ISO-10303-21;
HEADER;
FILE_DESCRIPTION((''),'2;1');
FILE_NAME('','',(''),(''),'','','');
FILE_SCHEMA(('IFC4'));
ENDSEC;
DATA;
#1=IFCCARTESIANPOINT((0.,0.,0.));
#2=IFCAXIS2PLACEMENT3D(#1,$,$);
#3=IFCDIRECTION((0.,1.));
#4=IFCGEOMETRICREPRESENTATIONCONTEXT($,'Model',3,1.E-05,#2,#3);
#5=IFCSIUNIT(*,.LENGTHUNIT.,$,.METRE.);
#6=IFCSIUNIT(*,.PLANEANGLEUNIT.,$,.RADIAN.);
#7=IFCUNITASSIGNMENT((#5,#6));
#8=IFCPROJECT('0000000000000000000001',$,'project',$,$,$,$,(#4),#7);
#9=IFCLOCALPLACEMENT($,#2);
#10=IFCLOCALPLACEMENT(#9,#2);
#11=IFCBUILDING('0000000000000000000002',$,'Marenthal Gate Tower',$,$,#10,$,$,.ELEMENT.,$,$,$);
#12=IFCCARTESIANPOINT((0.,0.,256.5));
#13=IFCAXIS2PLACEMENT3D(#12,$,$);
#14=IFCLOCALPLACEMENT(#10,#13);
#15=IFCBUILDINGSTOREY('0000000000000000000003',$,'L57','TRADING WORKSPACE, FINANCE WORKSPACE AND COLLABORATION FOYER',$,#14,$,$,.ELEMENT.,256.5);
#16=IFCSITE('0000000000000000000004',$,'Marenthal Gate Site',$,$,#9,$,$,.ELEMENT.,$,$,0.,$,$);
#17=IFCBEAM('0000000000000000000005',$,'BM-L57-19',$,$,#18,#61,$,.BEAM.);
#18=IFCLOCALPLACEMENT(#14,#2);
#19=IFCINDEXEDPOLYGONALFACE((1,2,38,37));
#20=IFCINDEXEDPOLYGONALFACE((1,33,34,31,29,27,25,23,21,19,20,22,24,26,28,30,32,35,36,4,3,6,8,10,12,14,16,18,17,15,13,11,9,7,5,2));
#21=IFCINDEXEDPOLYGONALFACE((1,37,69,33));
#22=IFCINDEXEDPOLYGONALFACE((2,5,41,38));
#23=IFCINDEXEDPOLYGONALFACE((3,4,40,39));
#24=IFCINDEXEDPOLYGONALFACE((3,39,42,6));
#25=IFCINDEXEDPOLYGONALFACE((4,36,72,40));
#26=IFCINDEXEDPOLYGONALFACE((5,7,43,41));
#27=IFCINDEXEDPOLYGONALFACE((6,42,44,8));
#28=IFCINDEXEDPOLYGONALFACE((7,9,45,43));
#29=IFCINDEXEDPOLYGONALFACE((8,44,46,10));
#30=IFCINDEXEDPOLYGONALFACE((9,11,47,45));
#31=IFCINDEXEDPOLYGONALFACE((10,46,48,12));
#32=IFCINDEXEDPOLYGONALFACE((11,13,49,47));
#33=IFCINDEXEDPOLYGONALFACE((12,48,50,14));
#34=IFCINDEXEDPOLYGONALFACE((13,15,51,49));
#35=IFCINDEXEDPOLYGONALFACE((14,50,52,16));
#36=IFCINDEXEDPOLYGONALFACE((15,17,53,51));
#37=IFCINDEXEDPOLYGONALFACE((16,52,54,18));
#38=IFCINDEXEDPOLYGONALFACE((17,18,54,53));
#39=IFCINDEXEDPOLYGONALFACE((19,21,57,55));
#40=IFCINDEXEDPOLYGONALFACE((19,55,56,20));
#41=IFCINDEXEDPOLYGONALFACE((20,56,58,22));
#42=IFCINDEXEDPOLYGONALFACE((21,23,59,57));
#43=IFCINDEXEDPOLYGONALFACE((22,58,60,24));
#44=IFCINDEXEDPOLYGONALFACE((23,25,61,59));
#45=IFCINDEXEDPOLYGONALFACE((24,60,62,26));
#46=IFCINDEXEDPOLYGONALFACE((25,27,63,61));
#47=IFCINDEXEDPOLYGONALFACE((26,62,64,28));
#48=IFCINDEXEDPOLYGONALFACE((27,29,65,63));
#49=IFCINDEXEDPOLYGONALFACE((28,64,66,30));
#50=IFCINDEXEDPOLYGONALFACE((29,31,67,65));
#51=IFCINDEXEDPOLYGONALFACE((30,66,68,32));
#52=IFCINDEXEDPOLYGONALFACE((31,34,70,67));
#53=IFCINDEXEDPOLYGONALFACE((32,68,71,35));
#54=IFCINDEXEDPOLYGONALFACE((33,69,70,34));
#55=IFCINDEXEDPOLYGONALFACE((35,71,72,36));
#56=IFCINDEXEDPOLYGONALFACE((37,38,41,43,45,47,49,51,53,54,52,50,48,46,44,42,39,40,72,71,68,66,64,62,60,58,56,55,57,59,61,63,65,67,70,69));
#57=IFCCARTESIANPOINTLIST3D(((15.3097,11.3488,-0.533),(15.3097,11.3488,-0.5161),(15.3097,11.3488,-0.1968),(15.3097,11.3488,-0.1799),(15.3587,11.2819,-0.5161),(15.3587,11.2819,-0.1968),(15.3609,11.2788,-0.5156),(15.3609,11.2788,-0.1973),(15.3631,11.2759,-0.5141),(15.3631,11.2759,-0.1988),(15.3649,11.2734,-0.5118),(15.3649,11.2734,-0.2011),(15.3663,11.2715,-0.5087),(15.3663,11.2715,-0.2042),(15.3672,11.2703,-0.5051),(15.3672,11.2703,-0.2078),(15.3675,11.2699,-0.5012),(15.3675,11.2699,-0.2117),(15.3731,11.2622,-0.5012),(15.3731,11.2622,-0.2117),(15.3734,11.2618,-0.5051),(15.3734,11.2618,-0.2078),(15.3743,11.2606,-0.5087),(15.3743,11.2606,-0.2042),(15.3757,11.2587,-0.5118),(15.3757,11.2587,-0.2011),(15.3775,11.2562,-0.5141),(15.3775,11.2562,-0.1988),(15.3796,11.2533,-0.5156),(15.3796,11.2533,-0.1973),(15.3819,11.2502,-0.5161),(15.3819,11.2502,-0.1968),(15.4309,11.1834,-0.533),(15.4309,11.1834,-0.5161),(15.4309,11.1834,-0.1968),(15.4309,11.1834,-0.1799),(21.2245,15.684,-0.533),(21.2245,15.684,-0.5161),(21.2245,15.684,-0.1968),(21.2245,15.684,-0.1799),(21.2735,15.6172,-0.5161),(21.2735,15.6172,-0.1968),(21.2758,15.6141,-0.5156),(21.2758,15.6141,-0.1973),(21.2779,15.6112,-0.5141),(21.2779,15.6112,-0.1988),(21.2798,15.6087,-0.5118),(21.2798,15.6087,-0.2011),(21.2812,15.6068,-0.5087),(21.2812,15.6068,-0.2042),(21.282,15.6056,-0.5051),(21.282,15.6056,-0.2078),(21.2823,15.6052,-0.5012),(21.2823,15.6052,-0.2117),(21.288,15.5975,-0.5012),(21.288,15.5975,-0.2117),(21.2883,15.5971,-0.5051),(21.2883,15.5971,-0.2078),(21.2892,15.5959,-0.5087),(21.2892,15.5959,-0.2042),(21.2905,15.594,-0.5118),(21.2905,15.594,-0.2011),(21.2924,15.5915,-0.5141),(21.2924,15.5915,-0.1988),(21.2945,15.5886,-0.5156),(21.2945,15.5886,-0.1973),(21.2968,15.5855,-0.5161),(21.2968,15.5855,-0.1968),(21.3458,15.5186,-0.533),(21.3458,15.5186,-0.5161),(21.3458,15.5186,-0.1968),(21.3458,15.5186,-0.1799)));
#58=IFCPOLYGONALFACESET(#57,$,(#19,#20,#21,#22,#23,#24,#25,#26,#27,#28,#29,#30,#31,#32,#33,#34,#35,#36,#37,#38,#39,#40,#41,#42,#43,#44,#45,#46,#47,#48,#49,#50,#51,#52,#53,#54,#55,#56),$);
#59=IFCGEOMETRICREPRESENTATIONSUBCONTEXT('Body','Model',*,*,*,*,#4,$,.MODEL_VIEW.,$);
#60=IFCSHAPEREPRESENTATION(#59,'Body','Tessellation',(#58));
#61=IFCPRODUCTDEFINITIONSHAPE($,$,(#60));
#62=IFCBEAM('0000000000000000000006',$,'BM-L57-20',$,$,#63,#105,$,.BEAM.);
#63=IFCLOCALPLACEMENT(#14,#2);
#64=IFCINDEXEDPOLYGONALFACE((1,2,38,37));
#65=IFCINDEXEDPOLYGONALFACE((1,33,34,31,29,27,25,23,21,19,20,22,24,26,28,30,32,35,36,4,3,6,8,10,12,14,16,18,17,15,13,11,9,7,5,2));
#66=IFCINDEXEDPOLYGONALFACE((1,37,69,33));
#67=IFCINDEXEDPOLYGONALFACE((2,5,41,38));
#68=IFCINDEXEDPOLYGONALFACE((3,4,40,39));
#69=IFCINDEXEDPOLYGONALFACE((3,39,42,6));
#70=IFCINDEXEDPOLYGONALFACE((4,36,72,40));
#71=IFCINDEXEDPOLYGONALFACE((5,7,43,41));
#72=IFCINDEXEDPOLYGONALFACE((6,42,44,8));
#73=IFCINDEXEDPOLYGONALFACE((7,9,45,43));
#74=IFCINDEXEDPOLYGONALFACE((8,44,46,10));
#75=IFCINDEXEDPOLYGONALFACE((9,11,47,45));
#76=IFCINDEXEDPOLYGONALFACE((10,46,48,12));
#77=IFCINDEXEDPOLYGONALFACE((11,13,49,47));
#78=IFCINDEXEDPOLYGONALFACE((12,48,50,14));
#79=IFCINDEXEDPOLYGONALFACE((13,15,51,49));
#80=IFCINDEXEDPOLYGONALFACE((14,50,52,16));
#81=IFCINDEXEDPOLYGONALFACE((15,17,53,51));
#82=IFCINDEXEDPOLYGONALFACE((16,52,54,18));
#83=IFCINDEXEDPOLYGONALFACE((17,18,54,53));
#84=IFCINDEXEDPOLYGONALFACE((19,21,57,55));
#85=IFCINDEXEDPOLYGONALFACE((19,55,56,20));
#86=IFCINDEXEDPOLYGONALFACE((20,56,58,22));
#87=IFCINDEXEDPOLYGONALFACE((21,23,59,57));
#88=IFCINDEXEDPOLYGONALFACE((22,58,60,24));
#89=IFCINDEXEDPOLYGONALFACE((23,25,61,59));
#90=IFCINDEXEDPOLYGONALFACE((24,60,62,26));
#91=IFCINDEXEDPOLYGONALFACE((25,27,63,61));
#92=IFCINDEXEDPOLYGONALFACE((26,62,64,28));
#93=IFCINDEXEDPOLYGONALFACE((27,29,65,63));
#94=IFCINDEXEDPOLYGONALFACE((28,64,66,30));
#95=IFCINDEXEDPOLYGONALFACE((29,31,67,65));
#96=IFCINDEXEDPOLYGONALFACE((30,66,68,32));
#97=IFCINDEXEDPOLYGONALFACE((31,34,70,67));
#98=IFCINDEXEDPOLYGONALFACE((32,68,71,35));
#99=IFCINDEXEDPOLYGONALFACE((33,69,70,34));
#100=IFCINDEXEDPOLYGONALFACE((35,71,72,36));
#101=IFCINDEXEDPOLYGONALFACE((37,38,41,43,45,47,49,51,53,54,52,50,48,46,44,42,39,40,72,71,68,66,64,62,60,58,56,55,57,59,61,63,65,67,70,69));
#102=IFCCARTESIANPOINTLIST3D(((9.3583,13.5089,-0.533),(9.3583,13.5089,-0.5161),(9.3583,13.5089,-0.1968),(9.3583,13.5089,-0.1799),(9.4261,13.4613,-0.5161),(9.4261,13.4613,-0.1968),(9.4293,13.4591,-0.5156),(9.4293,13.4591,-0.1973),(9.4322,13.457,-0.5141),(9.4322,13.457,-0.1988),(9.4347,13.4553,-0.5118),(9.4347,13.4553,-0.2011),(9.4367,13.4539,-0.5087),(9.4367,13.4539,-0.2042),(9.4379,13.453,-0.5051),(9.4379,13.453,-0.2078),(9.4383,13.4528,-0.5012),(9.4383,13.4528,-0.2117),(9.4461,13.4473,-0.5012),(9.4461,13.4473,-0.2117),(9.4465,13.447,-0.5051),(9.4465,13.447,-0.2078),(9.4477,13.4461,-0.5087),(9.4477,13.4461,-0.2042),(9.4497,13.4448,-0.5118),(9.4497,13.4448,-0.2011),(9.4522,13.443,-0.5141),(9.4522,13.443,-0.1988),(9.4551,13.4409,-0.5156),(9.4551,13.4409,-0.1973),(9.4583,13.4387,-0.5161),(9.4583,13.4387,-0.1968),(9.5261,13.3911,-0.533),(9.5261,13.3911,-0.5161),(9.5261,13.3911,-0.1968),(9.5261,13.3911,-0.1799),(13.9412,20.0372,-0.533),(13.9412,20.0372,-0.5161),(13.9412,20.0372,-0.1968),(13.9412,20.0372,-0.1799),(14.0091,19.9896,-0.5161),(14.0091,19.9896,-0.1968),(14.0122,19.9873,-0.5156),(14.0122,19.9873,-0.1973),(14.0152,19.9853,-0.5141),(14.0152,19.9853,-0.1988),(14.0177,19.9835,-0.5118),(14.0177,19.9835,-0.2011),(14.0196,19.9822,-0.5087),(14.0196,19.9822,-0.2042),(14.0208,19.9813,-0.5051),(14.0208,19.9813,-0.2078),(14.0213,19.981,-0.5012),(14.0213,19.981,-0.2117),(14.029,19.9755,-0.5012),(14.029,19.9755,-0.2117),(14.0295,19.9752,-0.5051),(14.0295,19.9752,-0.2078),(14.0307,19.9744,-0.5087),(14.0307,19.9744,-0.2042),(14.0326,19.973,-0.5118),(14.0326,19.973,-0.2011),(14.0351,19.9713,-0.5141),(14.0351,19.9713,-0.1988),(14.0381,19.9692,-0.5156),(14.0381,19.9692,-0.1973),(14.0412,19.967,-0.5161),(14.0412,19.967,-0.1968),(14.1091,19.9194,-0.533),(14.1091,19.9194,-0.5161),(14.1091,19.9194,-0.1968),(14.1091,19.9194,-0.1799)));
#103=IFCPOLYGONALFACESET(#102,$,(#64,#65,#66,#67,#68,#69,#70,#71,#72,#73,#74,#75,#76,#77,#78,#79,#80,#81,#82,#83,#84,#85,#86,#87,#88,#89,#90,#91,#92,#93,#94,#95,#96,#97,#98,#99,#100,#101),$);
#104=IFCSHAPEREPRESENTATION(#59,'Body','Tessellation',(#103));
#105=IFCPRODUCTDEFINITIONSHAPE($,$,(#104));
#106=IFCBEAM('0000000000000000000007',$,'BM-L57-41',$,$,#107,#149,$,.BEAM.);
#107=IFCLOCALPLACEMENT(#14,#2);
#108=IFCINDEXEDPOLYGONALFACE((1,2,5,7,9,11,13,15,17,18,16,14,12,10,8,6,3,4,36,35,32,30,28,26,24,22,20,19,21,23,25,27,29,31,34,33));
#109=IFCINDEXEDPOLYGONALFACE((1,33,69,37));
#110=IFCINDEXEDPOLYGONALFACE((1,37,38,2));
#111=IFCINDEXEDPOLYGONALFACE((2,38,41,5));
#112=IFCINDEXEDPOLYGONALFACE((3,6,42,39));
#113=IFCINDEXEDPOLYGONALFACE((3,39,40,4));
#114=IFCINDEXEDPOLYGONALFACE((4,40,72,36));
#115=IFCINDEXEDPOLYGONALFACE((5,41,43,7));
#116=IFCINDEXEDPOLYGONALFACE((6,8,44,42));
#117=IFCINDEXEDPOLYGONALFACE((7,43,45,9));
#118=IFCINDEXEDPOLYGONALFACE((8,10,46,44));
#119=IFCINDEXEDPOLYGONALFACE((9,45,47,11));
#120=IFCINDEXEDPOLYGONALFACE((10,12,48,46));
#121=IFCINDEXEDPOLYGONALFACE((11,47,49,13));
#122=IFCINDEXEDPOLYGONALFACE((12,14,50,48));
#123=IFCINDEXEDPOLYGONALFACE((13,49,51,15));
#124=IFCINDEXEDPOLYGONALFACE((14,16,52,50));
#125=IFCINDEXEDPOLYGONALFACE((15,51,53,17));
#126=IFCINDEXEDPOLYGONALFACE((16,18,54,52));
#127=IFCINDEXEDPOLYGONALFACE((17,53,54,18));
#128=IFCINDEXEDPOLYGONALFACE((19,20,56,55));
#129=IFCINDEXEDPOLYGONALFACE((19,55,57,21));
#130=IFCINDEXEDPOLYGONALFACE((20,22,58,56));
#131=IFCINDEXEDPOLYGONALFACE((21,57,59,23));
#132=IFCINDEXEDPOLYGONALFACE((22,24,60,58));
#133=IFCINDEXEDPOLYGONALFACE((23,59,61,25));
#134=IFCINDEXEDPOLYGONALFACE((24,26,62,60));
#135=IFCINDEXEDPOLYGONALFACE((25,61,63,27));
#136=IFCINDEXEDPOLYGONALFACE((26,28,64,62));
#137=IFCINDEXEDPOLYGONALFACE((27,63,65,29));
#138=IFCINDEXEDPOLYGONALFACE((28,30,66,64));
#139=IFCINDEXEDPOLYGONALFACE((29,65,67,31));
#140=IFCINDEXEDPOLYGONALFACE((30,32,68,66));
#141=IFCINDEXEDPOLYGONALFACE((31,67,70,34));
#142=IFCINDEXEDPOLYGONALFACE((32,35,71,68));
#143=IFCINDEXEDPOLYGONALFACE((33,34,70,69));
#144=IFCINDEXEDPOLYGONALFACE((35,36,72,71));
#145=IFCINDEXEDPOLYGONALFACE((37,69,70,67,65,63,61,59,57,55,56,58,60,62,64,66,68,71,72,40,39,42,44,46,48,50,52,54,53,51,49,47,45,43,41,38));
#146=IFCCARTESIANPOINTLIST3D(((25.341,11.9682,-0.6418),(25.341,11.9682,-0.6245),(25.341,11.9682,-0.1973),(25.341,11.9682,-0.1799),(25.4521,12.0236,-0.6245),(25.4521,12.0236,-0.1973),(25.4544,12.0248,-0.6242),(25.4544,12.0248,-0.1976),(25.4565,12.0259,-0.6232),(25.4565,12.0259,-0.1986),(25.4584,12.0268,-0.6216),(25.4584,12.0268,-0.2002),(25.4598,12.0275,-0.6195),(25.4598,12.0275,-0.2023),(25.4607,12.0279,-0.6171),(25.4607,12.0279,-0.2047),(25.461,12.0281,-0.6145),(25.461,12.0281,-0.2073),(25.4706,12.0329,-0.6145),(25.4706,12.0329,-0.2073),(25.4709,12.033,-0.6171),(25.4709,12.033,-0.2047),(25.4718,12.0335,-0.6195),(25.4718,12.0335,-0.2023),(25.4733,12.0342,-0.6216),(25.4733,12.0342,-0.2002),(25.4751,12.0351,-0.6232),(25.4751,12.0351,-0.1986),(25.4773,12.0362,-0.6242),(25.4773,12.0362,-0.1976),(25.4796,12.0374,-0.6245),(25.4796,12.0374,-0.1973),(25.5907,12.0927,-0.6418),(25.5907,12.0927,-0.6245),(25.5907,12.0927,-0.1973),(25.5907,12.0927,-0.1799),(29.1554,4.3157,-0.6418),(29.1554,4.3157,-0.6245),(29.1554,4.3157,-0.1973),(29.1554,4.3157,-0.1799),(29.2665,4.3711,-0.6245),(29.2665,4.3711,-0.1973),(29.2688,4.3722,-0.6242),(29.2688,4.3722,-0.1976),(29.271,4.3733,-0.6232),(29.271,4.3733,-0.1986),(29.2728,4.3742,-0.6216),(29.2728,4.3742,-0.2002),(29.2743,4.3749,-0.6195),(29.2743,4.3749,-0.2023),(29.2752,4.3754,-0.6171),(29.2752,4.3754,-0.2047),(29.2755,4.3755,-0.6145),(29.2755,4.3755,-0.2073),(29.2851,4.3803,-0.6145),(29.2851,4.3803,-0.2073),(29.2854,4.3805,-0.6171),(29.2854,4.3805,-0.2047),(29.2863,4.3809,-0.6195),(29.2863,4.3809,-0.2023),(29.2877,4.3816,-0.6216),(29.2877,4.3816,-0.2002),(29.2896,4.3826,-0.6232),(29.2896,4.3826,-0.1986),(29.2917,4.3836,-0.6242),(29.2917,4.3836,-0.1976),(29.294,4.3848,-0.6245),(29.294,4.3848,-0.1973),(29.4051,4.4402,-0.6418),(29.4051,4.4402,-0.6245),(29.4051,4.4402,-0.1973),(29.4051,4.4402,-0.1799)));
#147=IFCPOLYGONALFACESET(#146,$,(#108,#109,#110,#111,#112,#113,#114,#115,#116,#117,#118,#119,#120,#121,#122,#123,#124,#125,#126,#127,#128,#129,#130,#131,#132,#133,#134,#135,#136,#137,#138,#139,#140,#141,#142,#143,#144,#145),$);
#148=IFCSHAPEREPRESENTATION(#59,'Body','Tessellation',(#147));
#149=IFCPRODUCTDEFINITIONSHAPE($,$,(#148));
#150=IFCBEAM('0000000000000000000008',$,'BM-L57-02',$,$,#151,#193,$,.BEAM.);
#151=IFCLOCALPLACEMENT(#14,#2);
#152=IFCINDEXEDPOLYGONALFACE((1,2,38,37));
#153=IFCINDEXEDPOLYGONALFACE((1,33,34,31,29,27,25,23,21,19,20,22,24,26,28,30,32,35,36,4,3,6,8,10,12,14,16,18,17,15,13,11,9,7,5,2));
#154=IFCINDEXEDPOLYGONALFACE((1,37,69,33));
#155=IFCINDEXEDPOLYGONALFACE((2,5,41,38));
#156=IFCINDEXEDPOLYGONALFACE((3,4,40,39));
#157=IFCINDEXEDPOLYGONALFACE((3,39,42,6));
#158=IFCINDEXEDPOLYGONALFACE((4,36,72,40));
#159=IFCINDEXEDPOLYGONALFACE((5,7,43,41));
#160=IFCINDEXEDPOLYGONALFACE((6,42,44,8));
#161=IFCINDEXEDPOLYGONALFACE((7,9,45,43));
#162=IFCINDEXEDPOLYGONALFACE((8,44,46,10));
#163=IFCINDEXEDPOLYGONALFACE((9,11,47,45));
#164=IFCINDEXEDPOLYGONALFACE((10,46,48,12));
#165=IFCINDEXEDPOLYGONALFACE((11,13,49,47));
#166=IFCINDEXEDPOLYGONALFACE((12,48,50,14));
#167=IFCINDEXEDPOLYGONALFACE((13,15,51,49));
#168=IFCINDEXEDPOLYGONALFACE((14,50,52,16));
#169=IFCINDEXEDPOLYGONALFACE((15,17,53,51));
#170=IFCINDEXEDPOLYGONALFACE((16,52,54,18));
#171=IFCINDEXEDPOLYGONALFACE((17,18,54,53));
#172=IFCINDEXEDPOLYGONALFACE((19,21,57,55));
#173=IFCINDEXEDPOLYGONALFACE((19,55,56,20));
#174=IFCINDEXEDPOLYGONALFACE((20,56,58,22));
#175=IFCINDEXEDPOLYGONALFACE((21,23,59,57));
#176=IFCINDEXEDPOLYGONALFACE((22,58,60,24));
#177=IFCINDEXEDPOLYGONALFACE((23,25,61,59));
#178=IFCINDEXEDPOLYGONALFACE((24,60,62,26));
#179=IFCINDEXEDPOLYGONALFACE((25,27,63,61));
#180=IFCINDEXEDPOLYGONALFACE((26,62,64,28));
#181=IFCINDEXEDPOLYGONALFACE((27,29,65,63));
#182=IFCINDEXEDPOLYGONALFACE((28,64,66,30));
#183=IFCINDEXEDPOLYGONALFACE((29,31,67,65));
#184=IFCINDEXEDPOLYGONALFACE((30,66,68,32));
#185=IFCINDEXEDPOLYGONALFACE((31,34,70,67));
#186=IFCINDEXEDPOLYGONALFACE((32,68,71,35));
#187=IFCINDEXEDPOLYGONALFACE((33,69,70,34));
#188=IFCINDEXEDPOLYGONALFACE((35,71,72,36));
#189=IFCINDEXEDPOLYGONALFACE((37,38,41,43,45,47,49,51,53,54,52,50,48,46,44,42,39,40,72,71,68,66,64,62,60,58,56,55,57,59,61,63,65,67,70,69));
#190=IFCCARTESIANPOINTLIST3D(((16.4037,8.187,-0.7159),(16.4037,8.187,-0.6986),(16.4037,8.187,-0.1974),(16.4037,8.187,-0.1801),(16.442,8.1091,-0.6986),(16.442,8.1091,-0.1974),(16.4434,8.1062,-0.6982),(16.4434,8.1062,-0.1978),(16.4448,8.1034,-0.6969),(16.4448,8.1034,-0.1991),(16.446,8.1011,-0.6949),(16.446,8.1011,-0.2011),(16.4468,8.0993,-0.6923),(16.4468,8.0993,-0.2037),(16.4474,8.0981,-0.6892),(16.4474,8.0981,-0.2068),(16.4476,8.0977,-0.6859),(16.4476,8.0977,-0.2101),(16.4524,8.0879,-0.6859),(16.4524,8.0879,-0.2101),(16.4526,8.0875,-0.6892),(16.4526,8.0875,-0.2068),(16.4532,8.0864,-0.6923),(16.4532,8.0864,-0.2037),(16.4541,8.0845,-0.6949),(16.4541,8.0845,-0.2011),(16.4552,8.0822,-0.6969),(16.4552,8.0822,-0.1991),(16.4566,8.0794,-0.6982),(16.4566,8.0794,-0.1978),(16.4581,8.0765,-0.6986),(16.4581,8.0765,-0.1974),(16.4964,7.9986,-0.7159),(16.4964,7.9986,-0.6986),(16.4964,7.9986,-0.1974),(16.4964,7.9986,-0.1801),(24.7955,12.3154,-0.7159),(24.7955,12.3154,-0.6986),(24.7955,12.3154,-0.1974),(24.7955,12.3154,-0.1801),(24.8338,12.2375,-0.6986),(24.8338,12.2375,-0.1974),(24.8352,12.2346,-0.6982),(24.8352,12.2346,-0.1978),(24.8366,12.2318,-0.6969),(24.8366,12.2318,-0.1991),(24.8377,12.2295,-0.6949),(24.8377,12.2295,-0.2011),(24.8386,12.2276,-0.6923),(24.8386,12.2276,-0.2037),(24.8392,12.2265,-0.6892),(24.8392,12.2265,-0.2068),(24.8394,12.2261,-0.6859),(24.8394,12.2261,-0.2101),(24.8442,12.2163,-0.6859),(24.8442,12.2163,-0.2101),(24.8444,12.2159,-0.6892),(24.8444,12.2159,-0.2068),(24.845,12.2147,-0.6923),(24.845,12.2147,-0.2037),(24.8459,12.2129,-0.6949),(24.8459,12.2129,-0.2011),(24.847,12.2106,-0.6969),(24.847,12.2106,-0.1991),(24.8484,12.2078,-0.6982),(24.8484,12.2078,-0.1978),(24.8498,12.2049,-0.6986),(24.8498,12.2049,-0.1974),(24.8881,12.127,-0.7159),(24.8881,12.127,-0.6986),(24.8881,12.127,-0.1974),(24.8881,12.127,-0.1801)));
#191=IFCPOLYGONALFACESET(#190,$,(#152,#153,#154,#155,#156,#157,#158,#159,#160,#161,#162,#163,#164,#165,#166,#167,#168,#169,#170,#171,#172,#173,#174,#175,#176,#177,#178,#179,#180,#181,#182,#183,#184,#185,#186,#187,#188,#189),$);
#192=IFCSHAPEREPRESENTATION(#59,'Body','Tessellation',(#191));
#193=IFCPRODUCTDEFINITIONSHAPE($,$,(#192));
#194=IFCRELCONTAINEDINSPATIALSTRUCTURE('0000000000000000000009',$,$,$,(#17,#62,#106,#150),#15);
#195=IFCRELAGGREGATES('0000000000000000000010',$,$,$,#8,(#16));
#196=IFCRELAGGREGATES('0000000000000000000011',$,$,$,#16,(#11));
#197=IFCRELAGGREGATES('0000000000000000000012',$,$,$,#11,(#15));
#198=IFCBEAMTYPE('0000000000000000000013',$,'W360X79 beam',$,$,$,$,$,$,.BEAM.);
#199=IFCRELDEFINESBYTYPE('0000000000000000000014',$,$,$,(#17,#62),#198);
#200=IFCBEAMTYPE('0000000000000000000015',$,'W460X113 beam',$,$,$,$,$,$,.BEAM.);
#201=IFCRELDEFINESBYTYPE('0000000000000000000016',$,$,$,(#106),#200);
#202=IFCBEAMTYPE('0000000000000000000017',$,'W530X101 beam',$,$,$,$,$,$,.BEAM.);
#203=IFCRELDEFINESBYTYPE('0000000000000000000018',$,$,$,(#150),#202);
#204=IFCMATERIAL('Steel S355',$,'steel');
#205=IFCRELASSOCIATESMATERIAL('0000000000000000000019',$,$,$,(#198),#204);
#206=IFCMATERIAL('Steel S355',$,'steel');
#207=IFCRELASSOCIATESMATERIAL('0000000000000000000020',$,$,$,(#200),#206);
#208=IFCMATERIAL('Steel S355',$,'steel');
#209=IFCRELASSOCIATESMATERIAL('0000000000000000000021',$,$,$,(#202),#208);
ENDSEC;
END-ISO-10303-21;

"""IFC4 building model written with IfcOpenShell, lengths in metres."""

from ifc_helpers import new_model, si_unit, direction, frame, origin, origin_2d, place, context, subcontext, project, spatial, i_section, extrude, material, material_profile, profile_set, type_object, element, save


model = new_model("IFC4")

# Units and contexts
model_context = context("Model", 3, precision=1e-05, world=origin(), true_north=direction((0.0, 1.0)))
body_context = subcontext(model_context, "Body", "Model", "MODEL_VIEW")
ifc_project = project(units=[si_unit("LENGTHUNIT", "METRE"), si_unit("PLANEANGLEUNIT", "RADIAN")], contexts=[model_context])

# Site, building, storey
site_placement = place(None, origin())
site = spatial("IfcSite", under=ifc_project, at=site_placement, Name="Marenthal Gate Site", CompositionType="ELEMENT", RefElevation=0.0)
building_placement = place(site_placement, origin())
building = spatial("IfcBuilding", under=site, at=building_placement, Name="Marenthal Gate Tower", CompositionType="ELEMENT")
storey_placement = place(building_placement, frame((0.0, 0.0, 256.5)))
storey = spatial("IfcBuildingStorey", under=building, at=storey_placement, Name="L57", Description="TRADING WORKSPACE, FINANCE WORKSPACE AND COLLABORATION FOYER", CompositionType="ELEMENT", Elevation=256.5)

# Beams
ifc_material_1 = material(Name="Steel S355", Category="steel")
ifc_material_profile_1 = material_profile(ifc_material_1, i_section(OverallWidth=0.2051, OverallDepth=0.353, WebThickness=0.0095, FlangeThickness=0.0168, FilletRadius=0.0149, at=origin_2d()), Name="W360X79")
ifc_profile_set_1 = profile_set([ifc_material_profile_1], Name="Steel S355")
beam_type_1 = type_object("IfcBeamType", Name="W360X79 beam", PredefinedType="BEAM", material=ifc_profile_set_1)
beam_1_placement = place(storey_placement, frame((21.2852, 15.6013, -0.3564), z_axis=(-0.806555, -0.591159, 0.0), x_axis=(0.591159, -0.806555, 0.0)))
element("IfcBeam", 1, at=beam_1_placement, inside=storey, type_object=beam_type_1, Name="BM-L57-19", PredefinedType="BEAM", context=body_context, shape_type="SweptSolid", body=[
    extrude(i_section(OverallWidth=0.2051, OverallDepth=0.353, WebThickness=0.0095, FlangeThickness=0.0168, FilletRadius=0.0149, at=origin_2d()), origin(), (0.0, 0.0, 1.0), 7.3335),
])
beam_2_placement = place(storey_placement, frame((14.0251, 19.9783, -0.3564), z_axis=(-0.574571, -0.818455, 0.0), x_axis=(0.818455, -0.574571, 0.0)))
element("IfcBeam", 2, at=beam_2_placement, inside=storey, type_object=beam_type_1, Name="BM-L57-20", PredefinedType="BEAM", context=body_context, shape_type="SweptSolid", body=[
    extrude(i_section(OverallWidth=0.2051, OverallDepth=0.353, WebThickness=0.0095, FlangeThickness=0.0168, FilletRadius=0.0149, at=origin_2d()), origin(), (0.0, 0.0, 1.0), 7.9763),
])
ifc_material_2 = material(Name="Steel S355", Category="steel")
ifc_material_profile_2 = material_profile(ifc_material_2, i_section(OverallWidth=0.2791, OverallDepth=0.4619, WebThickness=0.0107, FlangeThickness=0.0173, FilletRadius=0.01, at=origin_2d()), Name="W460X113")
ifc_profile_set_2 = profile_set([ifc_material_profile_2], Name="Steel S355")
beam_type_2 = type_object("IfcBeamType", Name="W460X113 beam", PredefinedType="BEAM", material=ifc_profile_set_2)
beam_3_placement = place(storey_placement, frame((29.2803, 4.3779, -0.4109), z_axis=(-0.446105, 0.89498, 0.0), x_axis=(-0.89498, -0.446105, 0.0)))
element("IfcBeam", 3, at=beam_3_placement, inside=storey, type_object=beam_type_2, Name="BM-L57-41", PredefinedType="BEAM", context=body_context, shape_type="SweptSolid", body=[
    extrude(i_section(OverallWidth=0.2791, OverallDepth=0.4619, WebThickness=0.0107, FlangeThickness=0.0173, FilletRadius=0.01, at=origin_2d()), origin(), (0.0, 0.0, 1.0), 8.5505),
])
ifc_material_3 = material(Name="Steel S355", Category="steel")
ifc_material_profile_3 = material_profile(ifc_material_3, i_section(OverallWidth=0.21, OverallDepth=0.5359, WebThickness=0.011, FlangeThickness=0.0173, FilletRadius=0.0127, at=origin_2d()), Name="W530X101")
ifc_profile_set_3 = profile_set([ifc_material_profile_3], Name="Steel S355")
beam_type_3 = type_object("IfcBeamType", Name="W530X101 beam", PredefinedType="BEAM", material=ifc_profile_set_3)
beam_4_placement = place(storey_placement, frame((24.8418, 12.2212, -0.448), z_axis=(-0.897296, -0.44143, 0.0), x_axis=(0.44143, -0.897296, 0.0)))
element("IfcBeam", 4, at=beam_4_placement, inside=storey, type_object=beam_type_3, Name="BM-L57-02", PredefinedType="BEAM", context=body_context, shape_type="SweptSolid", body=[
    extrude(i_section(OverallWidth=0.21, OverallDepth=0.5359, WebThickness=0.011, FlangeThickness=0.0173, FilletRadius=0.0127, at=origin_2d()), origin(), (0.0, 0.0, 1.0), 9.3523),
])

save(model, "model.ifc")
